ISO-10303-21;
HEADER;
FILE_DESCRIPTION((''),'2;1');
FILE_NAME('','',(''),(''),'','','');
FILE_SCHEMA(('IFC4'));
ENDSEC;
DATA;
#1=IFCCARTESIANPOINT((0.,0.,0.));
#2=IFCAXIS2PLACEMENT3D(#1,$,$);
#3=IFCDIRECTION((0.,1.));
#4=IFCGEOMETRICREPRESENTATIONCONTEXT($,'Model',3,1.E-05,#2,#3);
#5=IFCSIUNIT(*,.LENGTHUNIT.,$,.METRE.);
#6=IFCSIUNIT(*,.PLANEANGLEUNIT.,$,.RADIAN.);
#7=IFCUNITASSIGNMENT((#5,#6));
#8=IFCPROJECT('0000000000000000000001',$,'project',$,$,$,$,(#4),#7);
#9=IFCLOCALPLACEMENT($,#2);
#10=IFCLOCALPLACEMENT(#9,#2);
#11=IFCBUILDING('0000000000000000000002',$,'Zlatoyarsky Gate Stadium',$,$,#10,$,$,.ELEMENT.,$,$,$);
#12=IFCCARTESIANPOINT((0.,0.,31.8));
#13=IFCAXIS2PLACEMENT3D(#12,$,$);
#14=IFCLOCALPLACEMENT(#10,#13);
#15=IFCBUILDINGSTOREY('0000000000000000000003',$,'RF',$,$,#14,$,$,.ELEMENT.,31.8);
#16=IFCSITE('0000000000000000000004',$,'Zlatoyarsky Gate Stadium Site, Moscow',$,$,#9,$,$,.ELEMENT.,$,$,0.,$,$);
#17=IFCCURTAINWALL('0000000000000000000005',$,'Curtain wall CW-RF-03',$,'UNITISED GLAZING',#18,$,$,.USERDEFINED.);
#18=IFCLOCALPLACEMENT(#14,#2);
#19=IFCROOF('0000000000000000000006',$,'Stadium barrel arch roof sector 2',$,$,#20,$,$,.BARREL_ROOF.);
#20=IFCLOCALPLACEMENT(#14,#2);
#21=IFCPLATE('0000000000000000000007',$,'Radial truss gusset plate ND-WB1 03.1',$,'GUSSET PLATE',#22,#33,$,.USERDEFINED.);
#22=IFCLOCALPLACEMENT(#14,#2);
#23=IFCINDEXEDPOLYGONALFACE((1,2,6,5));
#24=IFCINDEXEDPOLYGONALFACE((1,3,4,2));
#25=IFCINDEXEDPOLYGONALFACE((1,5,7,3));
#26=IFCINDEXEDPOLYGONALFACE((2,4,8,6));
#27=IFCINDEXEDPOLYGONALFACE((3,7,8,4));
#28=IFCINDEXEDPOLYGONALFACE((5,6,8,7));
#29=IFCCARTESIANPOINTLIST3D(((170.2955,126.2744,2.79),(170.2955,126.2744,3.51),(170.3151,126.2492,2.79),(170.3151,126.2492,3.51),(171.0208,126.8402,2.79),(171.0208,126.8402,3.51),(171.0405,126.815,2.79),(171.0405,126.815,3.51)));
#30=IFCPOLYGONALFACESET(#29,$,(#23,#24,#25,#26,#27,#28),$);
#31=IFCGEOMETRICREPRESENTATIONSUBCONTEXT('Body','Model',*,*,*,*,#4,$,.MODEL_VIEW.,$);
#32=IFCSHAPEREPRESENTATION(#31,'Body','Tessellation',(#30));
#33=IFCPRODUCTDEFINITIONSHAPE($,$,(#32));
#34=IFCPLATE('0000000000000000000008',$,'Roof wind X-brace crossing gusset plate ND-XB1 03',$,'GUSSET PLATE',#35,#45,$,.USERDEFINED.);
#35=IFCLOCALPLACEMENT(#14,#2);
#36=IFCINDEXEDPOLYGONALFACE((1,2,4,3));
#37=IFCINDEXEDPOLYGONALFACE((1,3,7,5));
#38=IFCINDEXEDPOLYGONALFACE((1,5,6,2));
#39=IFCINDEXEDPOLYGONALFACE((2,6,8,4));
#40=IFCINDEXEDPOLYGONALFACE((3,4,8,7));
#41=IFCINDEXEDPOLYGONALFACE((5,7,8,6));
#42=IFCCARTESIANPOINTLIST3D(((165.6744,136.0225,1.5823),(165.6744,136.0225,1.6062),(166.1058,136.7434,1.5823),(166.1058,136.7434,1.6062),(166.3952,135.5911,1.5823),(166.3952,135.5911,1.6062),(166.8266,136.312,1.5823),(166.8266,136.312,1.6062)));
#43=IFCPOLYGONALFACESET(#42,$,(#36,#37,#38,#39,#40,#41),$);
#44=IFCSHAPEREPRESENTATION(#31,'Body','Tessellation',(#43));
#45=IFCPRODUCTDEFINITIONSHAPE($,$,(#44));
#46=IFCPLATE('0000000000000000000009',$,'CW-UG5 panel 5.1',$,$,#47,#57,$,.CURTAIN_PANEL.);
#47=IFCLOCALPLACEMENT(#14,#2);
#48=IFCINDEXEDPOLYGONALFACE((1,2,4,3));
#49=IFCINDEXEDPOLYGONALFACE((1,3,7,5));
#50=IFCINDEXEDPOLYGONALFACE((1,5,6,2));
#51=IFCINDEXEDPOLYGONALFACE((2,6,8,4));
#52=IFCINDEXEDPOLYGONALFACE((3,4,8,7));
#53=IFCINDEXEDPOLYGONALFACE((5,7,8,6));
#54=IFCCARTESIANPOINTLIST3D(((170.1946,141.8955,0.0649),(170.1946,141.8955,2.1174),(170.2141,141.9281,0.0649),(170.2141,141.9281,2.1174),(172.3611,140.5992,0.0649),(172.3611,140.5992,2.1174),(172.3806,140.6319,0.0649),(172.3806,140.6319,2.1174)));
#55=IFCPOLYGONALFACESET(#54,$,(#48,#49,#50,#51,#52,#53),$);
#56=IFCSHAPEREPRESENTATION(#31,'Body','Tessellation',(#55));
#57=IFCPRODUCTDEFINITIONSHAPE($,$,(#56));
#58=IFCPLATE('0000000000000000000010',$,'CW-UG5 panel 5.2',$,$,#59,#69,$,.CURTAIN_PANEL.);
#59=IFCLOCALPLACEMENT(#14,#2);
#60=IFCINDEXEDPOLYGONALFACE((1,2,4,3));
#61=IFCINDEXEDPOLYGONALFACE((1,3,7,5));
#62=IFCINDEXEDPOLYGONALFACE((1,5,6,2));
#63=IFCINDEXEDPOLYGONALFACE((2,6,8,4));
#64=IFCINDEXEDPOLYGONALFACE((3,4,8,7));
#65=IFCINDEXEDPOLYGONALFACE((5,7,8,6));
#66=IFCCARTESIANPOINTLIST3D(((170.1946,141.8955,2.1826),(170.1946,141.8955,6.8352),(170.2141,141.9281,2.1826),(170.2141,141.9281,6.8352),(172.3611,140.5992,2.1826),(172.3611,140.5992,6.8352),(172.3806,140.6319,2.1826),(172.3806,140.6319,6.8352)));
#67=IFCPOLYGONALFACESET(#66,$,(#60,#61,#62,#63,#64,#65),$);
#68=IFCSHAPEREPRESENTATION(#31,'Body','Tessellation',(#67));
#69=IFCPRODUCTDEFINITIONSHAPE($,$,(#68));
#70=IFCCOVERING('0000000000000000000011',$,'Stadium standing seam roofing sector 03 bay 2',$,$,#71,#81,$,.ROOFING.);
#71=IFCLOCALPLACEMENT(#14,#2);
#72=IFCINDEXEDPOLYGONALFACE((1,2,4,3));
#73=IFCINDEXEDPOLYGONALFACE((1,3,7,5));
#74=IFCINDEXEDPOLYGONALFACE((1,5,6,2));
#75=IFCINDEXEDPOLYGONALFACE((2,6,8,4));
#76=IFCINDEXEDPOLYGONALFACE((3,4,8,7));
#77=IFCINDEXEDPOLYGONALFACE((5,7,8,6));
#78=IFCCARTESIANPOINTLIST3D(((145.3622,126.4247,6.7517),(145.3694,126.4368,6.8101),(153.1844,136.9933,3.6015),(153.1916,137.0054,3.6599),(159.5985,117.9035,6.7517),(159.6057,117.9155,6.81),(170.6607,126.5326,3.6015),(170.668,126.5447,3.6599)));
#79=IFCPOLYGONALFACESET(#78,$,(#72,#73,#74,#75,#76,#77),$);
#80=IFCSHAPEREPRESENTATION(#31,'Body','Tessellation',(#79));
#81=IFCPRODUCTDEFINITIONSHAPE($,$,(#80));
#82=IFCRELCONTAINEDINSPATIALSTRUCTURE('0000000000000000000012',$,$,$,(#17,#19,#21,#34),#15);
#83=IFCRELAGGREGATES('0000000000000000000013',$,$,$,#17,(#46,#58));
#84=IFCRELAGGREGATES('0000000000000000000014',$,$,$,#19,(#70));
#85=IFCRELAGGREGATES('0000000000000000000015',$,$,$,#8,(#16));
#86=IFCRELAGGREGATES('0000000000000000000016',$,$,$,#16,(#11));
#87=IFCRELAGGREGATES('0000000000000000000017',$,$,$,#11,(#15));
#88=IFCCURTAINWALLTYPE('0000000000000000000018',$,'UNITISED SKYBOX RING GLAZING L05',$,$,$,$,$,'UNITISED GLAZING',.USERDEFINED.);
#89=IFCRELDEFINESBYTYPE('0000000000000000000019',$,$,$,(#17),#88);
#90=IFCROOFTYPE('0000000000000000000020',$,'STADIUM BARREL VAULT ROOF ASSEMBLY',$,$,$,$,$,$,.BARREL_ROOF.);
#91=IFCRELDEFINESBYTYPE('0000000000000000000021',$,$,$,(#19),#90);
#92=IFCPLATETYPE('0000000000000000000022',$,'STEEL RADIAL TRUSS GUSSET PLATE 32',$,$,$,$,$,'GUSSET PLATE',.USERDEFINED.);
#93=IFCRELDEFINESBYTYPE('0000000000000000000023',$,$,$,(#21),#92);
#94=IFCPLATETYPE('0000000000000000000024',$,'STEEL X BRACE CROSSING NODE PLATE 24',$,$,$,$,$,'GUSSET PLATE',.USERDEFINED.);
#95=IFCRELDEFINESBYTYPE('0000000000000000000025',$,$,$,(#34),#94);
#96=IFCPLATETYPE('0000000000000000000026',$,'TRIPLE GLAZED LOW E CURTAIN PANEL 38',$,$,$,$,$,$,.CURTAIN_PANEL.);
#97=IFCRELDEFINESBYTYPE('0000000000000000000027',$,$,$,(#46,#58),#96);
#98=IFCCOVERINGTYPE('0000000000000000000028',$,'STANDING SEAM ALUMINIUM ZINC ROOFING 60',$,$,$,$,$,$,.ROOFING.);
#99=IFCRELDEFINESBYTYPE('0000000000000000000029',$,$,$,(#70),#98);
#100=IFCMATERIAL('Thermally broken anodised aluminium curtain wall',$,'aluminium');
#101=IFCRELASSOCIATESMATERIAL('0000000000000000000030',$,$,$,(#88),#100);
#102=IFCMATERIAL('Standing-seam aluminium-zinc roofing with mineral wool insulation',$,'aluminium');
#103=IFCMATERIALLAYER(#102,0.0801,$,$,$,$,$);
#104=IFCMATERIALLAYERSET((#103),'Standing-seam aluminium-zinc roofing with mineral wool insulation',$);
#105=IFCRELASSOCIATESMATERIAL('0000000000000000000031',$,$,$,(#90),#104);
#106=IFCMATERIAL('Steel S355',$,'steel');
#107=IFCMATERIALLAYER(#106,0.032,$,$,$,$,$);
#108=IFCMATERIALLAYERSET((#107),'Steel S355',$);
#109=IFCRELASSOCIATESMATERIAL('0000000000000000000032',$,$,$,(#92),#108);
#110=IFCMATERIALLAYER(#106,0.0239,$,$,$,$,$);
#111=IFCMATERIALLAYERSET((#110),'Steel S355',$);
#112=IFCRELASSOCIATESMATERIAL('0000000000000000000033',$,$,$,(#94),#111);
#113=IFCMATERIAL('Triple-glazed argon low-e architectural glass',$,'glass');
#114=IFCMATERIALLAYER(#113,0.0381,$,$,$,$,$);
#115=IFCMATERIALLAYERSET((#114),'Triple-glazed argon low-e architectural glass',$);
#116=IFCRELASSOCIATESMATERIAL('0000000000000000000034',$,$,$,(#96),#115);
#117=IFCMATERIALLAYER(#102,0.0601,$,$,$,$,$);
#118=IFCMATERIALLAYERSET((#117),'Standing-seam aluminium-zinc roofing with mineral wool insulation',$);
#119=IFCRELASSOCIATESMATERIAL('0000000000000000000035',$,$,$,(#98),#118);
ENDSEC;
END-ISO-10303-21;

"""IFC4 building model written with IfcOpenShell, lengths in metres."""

from ifc_helpers import new_model, si_unit, direction, frame, origin, origin_2d, place, context, subcontext, project, spatial, polyline, rectangle, outline, extrude, material, layer, layer_set, type_object, element, aggregate, save


model = new_model("IFC4")

# Units and contexts
model_context = context("Model", 3, precision=1e-05, world=origin(), true_north=direction((0.0, 1.0)))
body_context = subcontext(model_context, "Body", "Model", "MODEL_VIEW")
ifc_project = project(units=[si_unit("LENGTHUNIT", "METRE"), si_unit("PLANEANGLEUNIT", "RADIAN")], contexts=[model_context])

# Site, building, storey
site_placement = place(None, origin())
site = spatial("IfcSite", under=ifc_project, at=site_placement, Name="Zlatoyarsky Gate Stadium Site, Moscow", CompositionType="ELEMENT", RefElevation=0.0)
building_placement = place(site_placement, origin())
building = spatial("IfcBuilding", under=site, at=building_placement, Name="Zlatoyarsky Gate Stadium", CompositionType="ELEMENT")
storey_placement = place(building_placement, frame((0.0, 0.0, 31.8)))
storey = spatial("IfcBuildingStorey", under=building, at=storey_placement, Name="RF", CompositionType="ELEMENT", Elevation=31.8)

# Curtain wall
ifc_material_1 = material(Name="Thermally broken anodised aluminium curtain wall", Category="aluminium")
curtain_wall_type = type_object("IfcCurtainWallType", Name="UNITISED SKYBOX RING GLAZING L05", ElementType="UNITISED GLAZING", PredefinedType="USERDEFINED", material=ifc_material_1)
curtain_wall_placement = place(storey_placement, origin())
curtain_wall = element("IfcCurtainWall", 1, at=curtain_wall_placement, inside=storey, type_object=curtain_wall_type, Name="Curtain wall CW-RF-03", ObjectType="UNITISED GLAZING", PredefinedType="USERDEFINED")

# Shared definitions
ifc_material_2 = material(Name="Steel S355", Category="steel")

# Roof
ifc_material_3 = material(Name="Standing-seam aluminium-zinc roofing with mineral wool insulation", Category="aluminium")
ifc_layer_1 = layer(ifc_material_3, 0.0801)
ifc_layer_set_1 = layer_set([ifc_layer_1], Name="Standing-seam aluminium-zinc roofing with mineral wool insulation")
roof_type = type_object("IfcRoofType", Name="STADIUM BARREL VAULT ROOF ASSEMBLY", PredefinedType="BARREL_ROOF", material=ifc_layer_set_1)
roof_placement = place(storey_placement, origin())
roof = element("IfcRoof", 2, at=roof_placement, inside=storey, type_object=roof_type, Name="Stadium barrel arch roof sector 2", PredefinedType="BARREL_ROOF")

# Plates
ifc_layer_2 = layer(ifc_material_2, 0.032)
ifc_layer_set_2 = layer_set([ifc_layer_2], Name="Steel S355")
plate_type_1 = type_object("IfcPlateType", Name="STEEL RADIAL TRUSS GUSSET PLATE 32", ElementType="GUSSET PLATE", PredefinedType="USERDEFINED", material=ifc_layer_set_2)
plate_1_placement = place(storey_placement, frame((170.668, 126.5447, 2.79), z_axis=(0.0, 0.0, 1.0), x_axis=(-0.788479, -0.615062, 0.0)))
element("IfcPlate", 3, at=plate_1_placement, inside=storey, type_object=plate_type_1, Name="Radial truss gusset plate ND-WB1 03.1", ObjectType="GUSSET PLATE", PredefinedType="USERDEFINED", context=body_context, shape_type="SweptSolid", body=[
    extrude(rectangle(XDim=0.9199, YDim=0.032, at=origin_2d()), origin(), (0.0, 0.0, 1.0), 0.72),
])
ifc_layer_3 = layer(ifc_material_2, 0.0239)
ifc_layer_set_3 = layer_set([ifc_layer_3], Name="Steel S355")
plate_type_2 = type_object("IfcPlateType", Name="STEEL X BRACE CROSSING NODE PLATE 24", ElementType="GUSSET PLATE", PredefinedType="USERDEFINED", material=ifc_layer_set_3)
plate_2_placement = place(storey_placement, frame((166.2505, 136.1672, 1.5823), z_axis=(0.0, 0.0, 1.0), x_axis=(-0.858065, 0.513541, 0.0)))
element("IfcPlate", 4, at=plate_2_placement, inside=storey, type_object=plate_type_2, Name="Roof wind X-brace crossing gusset plate ND-XB1 03", ObjectType="GUSSET PLATE", PredefinedType="USERDEFINED", context=body_context, shape_type="SweptSolid", body=[
    extrude(rectangle(XDim=0.8401, YDim=0.8401, at=origin_2d()), origin(), (0.0, 0.0, 1.0), 0.0239),
])

# Plates
ifc_material_4 = material(Name="Triple-glazed argon low-e architectural glass", Category="glass")
ifc_layer_4 = layer(ifc_material_4, 0.0381)
ifc_layer_set_4 = layer_set([ifc_layer_4], Name="Triple-glazed argon low-e architectural glass")
plate_type_3 = type_object("IfcPlateType", Name="TRIPLE GLAZED LOW E CURTAIN PANEL 38", PredefinedType="CURTAIN_PANEL", material=ifc_layer_set_4)
plate_3_placement = place(storey_placement, frame((171.2876, 141.2637, 0.0649), z_axis=(0.0, 0.0, 1.0), x_axis=(-0.858128, 0.513436, 0.0)))
plate_3 = element("IfcPlate", 5, at=plate_3_placement, type_object=plate_type_3, Name="CW-UG5 panel 5.1", PredefinedType="CURTAIN_PANEL", context=body_context, shape_type="SweptSolid", body=[
    extrude(rectangle(XDim=2.5247, YDim=0.0381, at=origin_2d()), origin(), (0.0, 0.0, 1.0), 2.0525),
])
plate_4_placement = place(storey_placement, frame((171.2876, 141.2637, 2.1826), z_axis=(0.0, 0.0, 1.0), x_axis=(-0.858128, 0.513436, 0.0)))
plate_4 = element("IfcPlate", 6, at=plate_4_placement, type_object=plate_type_3, Name="CW-UG5 panel 5.2", PredefinedType="CURTAIN_PANEL", context=body_context, shape_type="SweptSolid", body=[
    extrude(rectangle(XDim=2.5247, YDim=0.0381, at=origin_2d()), origin(), (0.0, 0.0, 1.0), 4.6526),
])
aggregate(curtain_wall, [plate_3, plate_4])

# Covering
ifc_layer_5 = layer(ifc_material_3, 0.0601)
ifc_layer_set_5 = layer_set([ifc_layer_5], Name="Standing-seam aluminium-zinc roofing with mineral wool insulation")
covering_type = type_object("IfcCoveringType", Name="STANDING SEAM ALUMINIUM ZINC ROOFING 60", PredefinedType="ROOFING", material=ifc_layer_set_5)
covering_placement = place(storey_placement, frame((170.668, 126.5447, 3.6599), z_axis=(0.120204, 0.200821, 0.972225), x_axis=(-0.858036, 0.513589, -0.000001)))
covering = element("IfcCovering", 7, at=covering_placement, type_object=covering_type, Name="Stadium standing seam roofing sector 03 bay 2", PredefinedType="ROOFING", context=body_context, shape_type="SweptSolid", body=[
    extrude(outline(polyline([(0.0, 0.0), (20.3678, 0.0), (21.6517, 13.4595), (5.06, 13.4594), (0.0, 0.0)])), origin(), (0.0, 0.0, -1.0), 0.0601),
])
aggregate(roof, [covering])

save(model, "model.ifc")
